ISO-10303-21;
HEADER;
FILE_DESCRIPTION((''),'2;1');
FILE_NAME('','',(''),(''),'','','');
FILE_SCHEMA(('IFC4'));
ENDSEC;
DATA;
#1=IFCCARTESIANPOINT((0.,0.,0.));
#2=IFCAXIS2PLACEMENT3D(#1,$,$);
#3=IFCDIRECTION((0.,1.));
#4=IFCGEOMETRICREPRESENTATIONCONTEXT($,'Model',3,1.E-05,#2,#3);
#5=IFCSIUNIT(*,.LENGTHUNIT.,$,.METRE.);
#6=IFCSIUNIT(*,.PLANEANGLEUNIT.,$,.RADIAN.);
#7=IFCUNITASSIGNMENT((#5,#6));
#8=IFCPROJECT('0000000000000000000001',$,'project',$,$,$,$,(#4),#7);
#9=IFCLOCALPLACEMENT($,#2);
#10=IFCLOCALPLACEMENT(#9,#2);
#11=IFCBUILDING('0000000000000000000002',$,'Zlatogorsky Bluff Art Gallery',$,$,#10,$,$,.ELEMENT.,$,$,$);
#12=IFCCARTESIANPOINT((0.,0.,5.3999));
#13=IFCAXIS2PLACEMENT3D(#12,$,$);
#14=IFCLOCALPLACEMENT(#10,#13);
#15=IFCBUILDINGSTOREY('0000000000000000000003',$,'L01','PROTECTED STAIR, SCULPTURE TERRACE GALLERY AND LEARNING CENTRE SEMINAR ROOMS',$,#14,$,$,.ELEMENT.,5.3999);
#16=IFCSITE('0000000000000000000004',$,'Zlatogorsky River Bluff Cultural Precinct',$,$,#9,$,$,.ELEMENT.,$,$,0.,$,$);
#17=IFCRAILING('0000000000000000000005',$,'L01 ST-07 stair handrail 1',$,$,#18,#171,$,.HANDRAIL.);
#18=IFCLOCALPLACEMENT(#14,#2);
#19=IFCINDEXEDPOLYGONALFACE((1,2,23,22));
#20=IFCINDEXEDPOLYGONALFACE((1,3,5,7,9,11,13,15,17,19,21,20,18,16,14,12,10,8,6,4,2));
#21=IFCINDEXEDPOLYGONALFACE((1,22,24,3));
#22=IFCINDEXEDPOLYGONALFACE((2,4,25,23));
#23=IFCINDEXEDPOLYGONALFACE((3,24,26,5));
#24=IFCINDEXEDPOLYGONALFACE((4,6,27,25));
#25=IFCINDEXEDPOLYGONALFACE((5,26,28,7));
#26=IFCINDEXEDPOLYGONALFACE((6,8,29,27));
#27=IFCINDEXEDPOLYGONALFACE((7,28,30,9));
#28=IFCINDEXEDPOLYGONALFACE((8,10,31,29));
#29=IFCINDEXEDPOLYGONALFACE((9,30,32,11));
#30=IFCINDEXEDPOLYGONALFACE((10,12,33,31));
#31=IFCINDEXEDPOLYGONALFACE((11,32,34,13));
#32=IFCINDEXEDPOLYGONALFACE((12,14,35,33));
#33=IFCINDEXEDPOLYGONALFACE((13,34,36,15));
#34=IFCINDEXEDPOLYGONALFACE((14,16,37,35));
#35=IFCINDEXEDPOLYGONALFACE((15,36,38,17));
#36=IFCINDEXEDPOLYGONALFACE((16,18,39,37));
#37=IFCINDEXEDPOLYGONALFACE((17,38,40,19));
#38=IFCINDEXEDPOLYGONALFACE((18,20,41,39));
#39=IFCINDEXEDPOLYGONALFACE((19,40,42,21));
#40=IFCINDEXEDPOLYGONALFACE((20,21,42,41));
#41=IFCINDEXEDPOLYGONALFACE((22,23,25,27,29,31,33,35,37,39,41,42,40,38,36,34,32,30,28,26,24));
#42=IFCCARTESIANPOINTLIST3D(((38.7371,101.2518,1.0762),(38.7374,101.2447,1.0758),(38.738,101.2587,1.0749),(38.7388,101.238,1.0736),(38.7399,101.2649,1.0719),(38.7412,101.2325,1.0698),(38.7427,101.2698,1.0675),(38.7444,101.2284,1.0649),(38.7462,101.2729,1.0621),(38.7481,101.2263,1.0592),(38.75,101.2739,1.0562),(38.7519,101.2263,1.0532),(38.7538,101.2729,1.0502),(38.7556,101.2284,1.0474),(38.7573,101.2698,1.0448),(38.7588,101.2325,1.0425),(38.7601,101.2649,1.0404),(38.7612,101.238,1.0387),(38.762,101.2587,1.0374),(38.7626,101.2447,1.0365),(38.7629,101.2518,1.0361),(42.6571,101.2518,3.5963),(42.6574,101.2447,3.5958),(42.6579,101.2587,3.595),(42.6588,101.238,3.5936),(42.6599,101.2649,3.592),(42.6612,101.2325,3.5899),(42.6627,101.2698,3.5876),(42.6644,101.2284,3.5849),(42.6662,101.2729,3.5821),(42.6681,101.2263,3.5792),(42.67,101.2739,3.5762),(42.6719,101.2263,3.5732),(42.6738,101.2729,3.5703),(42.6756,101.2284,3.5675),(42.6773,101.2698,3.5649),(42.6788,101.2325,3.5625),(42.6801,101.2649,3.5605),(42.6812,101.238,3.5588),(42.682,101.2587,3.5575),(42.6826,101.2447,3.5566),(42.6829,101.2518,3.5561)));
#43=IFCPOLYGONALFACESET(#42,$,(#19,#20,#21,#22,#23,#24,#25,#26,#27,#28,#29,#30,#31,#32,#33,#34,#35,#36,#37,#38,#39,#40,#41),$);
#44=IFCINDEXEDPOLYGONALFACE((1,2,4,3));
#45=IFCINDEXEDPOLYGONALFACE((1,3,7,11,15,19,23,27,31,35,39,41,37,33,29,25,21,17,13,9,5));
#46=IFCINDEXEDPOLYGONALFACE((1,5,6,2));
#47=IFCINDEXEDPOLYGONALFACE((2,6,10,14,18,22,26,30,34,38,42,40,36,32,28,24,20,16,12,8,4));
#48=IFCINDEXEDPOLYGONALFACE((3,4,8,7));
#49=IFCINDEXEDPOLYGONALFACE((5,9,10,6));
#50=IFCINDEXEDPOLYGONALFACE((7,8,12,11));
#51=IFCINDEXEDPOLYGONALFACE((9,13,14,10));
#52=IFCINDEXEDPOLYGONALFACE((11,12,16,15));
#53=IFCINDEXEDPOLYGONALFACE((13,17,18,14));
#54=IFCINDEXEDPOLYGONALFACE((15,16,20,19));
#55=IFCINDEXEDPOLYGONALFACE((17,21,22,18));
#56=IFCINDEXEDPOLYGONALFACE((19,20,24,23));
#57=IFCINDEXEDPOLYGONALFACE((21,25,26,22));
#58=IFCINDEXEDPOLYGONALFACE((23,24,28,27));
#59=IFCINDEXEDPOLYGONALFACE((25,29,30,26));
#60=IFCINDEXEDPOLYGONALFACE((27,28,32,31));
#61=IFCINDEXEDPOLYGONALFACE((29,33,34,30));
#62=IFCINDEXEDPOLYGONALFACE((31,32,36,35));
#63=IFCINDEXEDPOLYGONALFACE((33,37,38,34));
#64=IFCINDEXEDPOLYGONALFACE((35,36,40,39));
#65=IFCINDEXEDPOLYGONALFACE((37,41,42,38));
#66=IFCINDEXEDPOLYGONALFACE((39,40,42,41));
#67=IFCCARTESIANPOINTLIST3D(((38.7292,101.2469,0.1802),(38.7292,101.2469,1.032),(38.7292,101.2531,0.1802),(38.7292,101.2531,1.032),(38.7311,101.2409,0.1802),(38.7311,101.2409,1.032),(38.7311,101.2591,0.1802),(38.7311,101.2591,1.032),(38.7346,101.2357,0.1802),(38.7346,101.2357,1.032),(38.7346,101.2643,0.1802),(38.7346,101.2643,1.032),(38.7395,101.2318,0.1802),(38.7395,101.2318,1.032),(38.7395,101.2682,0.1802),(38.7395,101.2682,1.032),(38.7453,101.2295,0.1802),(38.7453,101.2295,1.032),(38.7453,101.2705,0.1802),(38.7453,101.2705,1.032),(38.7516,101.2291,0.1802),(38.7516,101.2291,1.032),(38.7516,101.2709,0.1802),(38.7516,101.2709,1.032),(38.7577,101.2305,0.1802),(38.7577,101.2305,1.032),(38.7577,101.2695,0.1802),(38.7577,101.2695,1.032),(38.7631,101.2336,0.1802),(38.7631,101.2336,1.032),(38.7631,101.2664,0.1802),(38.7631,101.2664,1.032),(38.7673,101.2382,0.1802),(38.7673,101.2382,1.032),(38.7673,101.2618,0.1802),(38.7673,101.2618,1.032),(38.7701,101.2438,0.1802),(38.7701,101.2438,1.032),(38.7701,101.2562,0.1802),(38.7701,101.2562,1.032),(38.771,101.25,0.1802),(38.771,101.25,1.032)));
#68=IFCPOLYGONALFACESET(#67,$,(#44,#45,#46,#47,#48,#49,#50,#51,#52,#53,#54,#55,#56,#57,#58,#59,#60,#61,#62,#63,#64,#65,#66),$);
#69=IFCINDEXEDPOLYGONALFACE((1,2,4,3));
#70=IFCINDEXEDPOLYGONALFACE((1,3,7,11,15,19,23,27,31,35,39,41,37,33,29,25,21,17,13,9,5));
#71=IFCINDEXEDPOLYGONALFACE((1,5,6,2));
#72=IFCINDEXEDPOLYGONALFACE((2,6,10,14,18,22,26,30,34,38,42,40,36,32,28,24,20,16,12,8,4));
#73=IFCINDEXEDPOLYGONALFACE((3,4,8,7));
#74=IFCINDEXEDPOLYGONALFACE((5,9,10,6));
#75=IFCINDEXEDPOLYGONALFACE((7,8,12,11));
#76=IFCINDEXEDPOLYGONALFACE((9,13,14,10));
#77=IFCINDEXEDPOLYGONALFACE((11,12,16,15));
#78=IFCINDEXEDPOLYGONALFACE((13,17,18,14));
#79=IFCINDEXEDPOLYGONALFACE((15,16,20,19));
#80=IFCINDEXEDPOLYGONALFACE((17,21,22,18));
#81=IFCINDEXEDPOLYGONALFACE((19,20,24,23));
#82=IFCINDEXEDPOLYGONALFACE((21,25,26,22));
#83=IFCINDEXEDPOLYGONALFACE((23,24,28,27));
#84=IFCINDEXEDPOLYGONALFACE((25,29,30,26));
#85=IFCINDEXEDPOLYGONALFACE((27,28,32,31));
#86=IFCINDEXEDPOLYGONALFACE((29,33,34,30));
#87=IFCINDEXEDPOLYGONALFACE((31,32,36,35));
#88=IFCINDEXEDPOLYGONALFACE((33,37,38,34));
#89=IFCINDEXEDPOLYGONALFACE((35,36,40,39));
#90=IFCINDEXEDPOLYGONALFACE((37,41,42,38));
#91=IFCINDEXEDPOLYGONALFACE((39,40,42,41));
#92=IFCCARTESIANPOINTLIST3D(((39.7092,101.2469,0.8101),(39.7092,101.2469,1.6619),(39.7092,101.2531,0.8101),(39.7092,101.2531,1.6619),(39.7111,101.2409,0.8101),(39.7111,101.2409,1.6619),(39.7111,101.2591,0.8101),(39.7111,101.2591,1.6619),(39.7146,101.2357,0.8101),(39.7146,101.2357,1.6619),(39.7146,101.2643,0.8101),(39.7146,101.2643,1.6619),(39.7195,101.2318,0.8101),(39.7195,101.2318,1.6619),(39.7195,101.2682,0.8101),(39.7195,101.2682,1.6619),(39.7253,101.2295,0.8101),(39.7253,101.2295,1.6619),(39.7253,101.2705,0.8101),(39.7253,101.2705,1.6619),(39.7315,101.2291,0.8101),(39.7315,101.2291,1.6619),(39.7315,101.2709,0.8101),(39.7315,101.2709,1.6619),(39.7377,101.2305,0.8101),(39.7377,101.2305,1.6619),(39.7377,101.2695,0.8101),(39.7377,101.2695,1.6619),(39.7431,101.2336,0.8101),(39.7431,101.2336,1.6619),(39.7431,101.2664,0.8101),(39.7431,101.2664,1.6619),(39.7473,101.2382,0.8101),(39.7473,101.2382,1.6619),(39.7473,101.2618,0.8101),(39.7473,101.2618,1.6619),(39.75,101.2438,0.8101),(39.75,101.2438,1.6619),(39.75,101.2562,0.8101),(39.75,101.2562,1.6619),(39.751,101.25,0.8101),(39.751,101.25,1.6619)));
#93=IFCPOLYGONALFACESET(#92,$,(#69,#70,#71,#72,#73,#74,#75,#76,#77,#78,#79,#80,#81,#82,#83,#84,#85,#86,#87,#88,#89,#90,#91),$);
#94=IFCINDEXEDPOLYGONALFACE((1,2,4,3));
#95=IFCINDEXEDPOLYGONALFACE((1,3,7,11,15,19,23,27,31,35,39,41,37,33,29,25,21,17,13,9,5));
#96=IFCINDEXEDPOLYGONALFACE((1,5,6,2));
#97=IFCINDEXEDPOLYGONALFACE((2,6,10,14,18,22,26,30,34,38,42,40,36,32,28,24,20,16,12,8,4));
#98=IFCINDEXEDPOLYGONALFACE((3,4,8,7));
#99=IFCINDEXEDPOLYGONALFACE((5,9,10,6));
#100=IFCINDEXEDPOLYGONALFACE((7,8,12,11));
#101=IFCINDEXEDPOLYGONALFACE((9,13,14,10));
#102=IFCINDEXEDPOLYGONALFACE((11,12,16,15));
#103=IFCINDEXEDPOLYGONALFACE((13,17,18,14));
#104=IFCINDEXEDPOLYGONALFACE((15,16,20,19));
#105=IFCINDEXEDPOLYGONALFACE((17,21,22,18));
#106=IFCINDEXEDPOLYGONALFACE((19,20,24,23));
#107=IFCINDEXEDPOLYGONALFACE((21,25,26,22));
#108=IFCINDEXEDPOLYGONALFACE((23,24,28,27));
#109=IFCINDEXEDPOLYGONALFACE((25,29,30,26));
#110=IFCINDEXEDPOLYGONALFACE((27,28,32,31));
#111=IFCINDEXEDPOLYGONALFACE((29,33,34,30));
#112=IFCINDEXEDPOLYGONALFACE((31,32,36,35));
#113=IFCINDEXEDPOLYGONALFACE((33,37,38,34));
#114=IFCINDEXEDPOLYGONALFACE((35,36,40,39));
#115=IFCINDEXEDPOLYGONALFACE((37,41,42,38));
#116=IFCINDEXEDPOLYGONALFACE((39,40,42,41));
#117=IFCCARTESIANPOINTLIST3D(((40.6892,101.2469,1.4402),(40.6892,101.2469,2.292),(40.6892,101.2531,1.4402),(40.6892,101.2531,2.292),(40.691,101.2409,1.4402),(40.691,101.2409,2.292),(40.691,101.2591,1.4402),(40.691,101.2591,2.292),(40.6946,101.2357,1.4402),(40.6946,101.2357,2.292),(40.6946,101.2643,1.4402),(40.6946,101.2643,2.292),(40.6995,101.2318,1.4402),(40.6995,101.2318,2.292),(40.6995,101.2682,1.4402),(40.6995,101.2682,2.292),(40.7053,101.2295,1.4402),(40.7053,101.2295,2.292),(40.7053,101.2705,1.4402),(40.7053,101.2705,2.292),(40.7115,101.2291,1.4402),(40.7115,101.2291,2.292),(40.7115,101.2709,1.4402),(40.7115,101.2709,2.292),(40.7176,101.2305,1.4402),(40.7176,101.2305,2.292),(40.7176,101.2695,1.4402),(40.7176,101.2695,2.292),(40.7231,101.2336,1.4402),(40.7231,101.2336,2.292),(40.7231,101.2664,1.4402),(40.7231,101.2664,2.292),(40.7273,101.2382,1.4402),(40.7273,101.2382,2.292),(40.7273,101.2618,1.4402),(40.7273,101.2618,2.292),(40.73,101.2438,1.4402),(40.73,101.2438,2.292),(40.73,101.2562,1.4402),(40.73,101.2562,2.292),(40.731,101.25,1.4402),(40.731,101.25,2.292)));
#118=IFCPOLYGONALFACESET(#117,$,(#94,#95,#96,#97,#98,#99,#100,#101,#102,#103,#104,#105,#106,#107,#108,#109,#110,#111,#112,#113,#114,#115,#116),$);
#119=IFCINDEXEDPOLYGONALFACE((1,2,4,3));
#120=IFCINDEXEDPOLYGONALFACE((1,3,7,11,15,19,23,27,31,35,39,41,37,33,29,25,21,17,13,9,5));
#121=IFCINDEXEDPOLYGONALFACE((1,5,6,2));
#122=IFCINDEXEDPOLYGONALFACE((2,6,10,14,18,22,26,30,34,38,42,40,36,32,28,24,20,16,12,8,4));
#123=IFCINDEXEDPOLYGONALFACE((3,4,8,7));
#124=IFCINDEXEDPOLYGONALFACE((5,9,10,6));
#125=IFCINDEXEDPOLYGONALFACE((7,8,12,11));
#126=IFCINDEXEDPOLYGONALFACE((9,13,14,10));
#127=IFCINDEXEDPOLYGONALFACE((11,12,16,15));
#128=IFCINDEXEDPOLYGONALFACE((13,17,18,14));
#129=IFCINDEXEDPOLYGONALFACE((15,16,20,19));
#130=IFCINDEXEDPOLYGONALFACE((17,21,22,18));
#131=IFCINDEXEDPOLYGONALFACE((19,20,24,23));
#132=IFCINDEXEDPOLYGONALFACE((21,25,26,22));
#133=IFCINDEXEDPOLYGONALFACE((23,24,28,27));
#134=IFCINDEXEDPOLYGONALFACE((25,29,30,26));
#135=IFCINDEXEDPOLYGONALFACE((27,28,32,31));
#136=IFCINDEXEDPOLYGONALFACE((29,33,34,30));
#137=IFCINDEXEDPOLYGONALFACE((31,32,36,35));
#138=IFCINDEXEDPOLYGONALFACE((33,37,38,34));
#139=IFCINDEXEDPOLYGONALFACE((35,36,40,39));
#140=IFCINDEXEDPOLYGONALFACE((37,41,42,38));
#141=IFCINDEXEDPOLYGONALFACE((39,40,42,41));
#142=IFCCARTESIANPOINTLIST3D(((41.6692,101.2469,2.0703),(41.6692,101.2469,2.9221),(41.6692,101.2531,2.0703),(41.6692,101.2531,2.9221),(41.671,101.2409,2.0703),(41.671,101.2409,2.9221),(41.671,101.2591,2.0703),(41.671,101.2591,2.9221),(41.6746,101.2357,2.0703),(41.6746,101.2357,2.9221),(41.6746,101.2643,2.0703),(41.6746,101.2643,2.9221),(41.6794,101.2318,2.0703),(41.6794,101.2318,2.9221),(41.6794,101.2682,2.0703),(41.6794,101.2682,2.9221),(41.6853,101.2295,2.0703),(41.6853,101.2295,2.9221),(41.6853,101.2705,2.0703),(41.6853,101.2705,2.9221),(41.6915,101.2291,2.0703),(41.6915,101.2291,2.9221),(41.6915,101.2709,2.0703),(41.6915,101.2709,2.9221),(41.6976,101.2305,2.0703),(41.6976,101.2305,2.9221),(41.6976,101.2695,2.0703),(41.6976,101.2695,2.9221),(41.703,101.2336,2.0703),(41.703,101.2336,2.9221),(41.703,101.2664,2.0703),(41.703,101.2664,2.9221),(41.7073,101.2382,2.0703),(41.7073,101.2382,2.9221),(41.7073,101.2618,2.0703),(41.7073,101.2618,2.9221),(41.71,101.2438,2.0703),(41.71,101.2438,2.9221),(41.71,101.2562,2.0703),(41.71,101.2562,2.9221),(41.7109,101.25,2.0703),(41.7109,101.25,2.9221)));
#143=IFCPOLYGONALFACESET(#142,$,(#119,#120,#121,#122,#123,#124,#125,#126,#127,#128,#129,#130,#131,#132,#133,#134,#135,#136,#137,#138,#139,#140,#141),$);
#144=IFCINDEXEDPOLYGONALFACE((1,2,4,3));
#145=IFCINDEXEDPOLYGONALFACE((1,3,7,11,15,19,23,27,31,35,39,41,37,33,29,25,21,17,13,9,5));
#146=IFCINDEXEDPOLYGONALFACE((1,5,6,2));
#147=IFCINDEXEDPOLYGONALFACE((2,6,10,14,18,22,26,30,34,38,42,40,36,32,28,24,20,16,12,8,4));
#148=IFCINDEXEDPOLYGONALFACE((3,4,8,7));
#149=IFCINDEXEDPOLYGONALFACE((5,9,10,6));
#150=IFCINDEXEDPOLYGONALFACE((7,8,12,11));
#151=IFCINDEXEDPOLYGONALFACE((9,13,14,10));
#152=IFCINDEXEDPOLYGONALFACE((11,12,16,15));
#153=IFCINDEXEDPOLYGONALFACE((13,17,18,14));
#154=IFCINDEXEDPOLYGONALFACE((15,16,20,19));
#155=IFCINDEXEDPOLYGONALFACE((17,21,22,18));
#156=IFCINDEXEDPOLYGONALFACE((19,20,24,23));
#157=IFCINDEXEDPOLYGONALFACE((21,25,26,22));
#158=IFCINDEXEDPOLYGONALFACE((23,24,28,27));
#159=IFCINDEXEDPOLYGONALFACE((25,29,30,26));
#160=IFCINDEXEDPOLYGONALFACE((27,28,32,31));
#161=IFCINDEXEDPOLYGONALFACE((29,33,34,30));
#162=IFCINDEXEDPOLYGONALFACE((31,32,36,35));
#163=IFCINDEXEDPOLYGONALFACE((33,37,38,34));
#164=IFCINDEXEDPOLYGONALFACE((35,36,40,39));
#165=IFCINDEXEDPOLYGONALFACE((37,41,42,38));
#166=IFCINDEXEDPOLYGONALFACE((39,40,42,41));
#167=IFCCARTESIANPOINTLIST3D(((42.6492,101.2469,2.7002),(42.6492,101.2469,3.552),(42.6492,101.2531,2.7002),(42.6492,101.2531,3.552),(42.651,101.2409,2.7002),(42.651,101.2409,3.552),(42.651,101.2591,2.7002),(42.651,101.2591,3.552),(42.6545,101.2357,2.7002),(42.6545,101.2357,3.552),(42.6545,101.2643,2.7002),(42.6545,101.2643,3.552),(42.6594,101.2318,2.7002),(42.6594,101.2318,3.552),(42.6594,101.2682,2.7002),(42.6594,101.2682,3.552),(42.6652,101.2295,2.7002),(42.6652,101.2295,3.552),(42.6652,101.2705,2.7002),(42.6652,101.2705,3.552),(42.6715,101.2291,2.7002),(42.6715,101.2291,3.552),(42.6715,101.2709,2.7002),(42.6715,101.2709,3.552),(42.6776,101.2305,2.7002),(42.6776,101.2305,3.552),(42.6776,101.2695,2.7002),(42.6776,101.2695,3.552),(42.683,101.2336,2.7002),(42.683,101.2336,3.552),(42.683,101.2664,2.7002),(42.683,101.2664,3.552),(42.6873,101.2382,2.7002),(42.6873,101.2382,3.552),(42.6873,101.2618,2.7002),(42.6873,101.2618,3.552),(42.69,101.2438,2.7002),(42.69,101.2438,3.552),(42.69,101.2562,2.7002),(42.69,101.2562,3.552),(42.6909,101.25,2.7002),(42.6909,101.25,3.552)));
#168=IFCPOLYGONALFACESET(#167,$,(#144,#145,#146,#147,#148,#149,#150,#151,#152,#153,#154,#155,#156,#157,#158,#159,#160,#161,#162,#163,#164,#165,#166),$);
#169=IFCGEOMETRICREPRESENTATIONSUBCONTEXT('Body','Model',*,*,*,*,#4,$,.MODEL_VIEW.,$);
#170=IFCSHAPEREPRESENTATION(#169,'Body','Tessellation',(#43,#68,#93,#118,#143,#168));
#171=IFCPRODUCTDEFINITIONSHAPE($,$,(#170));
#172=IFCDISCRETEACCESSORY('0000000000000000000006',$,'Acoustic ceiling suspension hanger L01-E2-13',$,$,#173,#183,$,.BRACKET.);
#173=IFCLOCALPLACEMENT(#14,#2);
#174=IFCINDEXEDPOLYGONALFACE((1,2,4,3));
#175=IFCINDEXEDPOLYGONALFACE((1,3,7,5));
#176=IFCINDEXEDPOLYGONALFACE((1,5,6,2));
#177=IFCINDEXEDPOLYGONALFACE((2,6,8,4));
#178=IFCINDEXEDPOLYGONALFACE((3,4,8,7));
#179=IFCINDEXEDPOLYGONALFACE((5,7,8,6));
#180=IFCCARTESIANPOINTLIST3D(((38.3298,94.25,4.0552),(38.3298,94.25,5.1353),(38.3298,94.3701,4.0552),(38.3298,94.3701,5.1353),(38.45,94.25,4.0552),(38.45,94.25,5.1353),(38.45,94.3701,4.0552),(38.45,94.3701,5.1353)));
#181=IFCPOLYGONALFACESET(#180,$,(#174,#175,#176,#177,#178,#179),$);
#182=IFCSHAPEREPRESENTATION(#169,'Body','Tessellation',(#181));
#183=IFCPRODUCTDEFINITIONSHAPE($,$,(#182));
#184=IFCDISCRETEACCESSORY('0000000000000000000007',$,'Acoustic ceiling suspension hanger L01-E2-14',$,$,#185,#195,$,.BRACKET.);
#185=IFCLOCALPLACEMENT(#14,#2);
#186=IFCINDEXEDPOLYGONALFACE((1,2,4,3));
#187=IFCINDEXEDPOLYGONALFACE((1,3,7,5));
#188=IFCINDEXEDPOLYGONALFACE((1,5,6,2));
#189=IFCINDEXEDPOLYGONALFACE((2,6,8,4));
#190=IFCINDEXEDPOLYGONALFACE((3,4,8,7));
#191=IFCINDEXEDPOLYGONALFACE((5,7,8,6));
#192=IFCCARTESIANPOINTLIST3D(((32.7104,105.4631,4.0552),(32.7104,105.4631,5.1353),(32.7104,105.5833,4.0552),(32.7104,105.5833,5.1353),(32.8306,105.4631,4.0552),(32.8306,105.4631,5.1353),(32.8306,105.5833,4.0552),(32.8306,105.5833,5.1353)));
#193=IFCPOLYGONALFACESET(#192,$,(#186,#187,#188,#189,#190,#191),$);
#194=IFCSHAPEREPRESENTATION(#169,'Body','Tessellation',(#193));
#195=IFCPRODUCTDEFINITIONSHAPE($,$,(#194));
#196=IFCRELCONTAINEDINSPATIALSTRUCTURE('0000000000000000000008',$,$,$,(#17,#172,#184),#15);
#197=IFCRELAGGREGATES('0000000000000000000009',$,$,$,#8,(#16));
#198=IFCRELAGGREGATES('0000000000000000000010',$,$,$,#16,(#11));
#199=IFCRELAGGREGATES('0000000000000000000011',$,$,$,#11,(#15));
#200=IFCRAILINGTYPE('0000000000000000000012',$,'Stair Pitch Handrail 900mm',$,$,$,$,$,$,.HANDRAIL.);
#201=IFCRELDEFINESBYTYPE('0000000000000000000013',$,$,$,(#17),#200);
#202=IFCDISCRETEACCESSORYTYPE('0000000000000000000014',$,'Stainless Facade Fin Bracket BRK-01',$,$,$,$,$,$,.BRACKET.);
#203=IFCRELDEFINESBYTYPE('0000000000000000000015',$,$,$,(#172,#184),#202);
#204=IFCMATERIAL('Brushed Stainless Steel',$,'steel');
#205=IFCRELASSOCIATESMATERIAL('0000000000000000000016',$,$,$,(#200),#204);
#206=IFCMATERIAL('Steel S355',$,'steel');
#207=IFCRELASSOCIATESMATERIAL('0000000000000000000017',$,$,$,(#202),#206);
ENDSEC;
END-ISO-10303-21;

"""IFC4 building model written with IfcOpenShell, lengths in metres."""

from ifc_helpers import new_model, si_unit, direction, frame, origin, origin_2d, place, context, subcontext, project, spatial, rectangle, circle, extrude, material, type_object, element, save


model = new_model("IFC4")

# Units and contexts
model_context = context("Model", 3, precision=1e-05, world=origin(), true_north=direction((0.0, 1.0)))
body_context = subcontext(model_context, "Body", "Model", "MODEL_VIEW")
ifc_project = project(units=[si_unit("LENGTHUNIT", "METRE"), si_unit("PLANEANGLEUNIT", "RADIAN")], contexts=[model_context])

# Site, building, storey
site_placement = place(None, origin())
site = spatial("IfcSite", under=ifc_project, at=site_placement, Name="Zlatogorsky River Bluff Cultural Precinct", CompositionType="ELEMENT", RefElevation=0.0)
building_placement = place(site_placement, origin())
building = spatial("IfcBuilding", under=site, at=building_placement, Name="Zlatogorsky Bluff Art Gallery", CompositionType="ELEMENT")
storey_placement = place(building_placement, frame((0.0, 0.0, 5.3999)))
storey = spatial("IfcBuildingStorey", under=building, at=storey_placement, Name="L01", Description="PROTECTED STAIR, SCULPTURE TERRACE GALLERY AND LEARNING CENTRE SEMINAR ROOMS", CompositionType="ELEMENT", Elevation=5.3999)

# Shared definitions
ifc_material_1 = material(Name="Steel S355", Category="steel")

# Railing
ifc_material_2 = material(Name="Brushed Stainless Steel", Category="steel")
railing_type_1 = type_object("IfcRailingType", Name="Stair Pitch Handrail 900mm", PredefinedType="HANDRAIL", material=ifc_material_2)
railing_1_placement = place(storey_placement, frame((38.75, 101.25, 0.1802)))
element("IfcRailing", 1, at=railing_1_placement, inside=storey, type_object=railing_type_1, Name="L01 ST-07 stair handrail 1", PredefinedType="HANDRAIL", context=body_context, shape_type="SweptSolid", body=[
    extrude(circle(Radius=0.0239, at=origin_2d()), frame((0.0, 0.0, 0.876), z_axis=(0.841172, 0.0, 0.540768), x_axis=(0.0, 1.0, 0.0)), (0.0, 0.0, 1.0), 4.6602),
    extrude(circle(Radius=0.021, at=origin_2d()), origin(), (0.0, 0.0, 1.0), 0.8518),
    extrude(circle(Radius=0.021, at=origin_2d()), frame((0.98, 0.0, 0.6299)), (0.0, 0.0, 1.0), 0.8518),
    extrude(circle(Radius=0.021, at=origin_2d()), frame((1.96, 0.0, 1.26)), (0.0, 0.0, 1.0), 0.8518),
    extrude(circle(Radius=0.021, at=origin_2d()), frame((2.9399, 0.0, 1.8901)), (0.0, 0.0, 1.0), 0.8518),
    extrude(circle(Radius=0.021, at=origin_2d()), frame((3.9199, 0.0, 2.52)), (0.0, 0.0, 1.0), 0.8518),
])

# Discrete accessories
discrete_accessory_type = type_object("IfcDiscreteAccessoryType", Name="Stainless Facade Fin Bracket BRK-01", PredefinedType="BRACKET", material=ifc_material_1)
for number, where, z_axis, x_axis, name in (
    (2, (38.3899, 94.3101, 4.0552), (0.0, 0.0, 1.0), (1.0, 0.0, 0.0), "Acoustic ceiling suspension hanger L01-E2-13"),
    (3, (32.7705, 105.5232, 4.0552), (0.0, 0.0, 1.0), (1.0, 0.0, 0.0), "Acoustic ceiling suspension hanger L01-E2-14"),
):
    element("IfcDiscreteAccessory", number, at=place(storey_placement, frame(where, z_axis=z_axis, x_axis=x_axis)), inside=storey, type_object=discrete_accessory_type, Name=name, PredefinedType="BRACKET", context=body_context, shape_type="SweptSolid", body=[
        extrude(rectangle(XDim=0.1201, YDim=0.1201, at=origin_2d()), origin(), (0.0, 0.0, 1.0), 1.0801),
    ])

save(model, "model.ifc")
